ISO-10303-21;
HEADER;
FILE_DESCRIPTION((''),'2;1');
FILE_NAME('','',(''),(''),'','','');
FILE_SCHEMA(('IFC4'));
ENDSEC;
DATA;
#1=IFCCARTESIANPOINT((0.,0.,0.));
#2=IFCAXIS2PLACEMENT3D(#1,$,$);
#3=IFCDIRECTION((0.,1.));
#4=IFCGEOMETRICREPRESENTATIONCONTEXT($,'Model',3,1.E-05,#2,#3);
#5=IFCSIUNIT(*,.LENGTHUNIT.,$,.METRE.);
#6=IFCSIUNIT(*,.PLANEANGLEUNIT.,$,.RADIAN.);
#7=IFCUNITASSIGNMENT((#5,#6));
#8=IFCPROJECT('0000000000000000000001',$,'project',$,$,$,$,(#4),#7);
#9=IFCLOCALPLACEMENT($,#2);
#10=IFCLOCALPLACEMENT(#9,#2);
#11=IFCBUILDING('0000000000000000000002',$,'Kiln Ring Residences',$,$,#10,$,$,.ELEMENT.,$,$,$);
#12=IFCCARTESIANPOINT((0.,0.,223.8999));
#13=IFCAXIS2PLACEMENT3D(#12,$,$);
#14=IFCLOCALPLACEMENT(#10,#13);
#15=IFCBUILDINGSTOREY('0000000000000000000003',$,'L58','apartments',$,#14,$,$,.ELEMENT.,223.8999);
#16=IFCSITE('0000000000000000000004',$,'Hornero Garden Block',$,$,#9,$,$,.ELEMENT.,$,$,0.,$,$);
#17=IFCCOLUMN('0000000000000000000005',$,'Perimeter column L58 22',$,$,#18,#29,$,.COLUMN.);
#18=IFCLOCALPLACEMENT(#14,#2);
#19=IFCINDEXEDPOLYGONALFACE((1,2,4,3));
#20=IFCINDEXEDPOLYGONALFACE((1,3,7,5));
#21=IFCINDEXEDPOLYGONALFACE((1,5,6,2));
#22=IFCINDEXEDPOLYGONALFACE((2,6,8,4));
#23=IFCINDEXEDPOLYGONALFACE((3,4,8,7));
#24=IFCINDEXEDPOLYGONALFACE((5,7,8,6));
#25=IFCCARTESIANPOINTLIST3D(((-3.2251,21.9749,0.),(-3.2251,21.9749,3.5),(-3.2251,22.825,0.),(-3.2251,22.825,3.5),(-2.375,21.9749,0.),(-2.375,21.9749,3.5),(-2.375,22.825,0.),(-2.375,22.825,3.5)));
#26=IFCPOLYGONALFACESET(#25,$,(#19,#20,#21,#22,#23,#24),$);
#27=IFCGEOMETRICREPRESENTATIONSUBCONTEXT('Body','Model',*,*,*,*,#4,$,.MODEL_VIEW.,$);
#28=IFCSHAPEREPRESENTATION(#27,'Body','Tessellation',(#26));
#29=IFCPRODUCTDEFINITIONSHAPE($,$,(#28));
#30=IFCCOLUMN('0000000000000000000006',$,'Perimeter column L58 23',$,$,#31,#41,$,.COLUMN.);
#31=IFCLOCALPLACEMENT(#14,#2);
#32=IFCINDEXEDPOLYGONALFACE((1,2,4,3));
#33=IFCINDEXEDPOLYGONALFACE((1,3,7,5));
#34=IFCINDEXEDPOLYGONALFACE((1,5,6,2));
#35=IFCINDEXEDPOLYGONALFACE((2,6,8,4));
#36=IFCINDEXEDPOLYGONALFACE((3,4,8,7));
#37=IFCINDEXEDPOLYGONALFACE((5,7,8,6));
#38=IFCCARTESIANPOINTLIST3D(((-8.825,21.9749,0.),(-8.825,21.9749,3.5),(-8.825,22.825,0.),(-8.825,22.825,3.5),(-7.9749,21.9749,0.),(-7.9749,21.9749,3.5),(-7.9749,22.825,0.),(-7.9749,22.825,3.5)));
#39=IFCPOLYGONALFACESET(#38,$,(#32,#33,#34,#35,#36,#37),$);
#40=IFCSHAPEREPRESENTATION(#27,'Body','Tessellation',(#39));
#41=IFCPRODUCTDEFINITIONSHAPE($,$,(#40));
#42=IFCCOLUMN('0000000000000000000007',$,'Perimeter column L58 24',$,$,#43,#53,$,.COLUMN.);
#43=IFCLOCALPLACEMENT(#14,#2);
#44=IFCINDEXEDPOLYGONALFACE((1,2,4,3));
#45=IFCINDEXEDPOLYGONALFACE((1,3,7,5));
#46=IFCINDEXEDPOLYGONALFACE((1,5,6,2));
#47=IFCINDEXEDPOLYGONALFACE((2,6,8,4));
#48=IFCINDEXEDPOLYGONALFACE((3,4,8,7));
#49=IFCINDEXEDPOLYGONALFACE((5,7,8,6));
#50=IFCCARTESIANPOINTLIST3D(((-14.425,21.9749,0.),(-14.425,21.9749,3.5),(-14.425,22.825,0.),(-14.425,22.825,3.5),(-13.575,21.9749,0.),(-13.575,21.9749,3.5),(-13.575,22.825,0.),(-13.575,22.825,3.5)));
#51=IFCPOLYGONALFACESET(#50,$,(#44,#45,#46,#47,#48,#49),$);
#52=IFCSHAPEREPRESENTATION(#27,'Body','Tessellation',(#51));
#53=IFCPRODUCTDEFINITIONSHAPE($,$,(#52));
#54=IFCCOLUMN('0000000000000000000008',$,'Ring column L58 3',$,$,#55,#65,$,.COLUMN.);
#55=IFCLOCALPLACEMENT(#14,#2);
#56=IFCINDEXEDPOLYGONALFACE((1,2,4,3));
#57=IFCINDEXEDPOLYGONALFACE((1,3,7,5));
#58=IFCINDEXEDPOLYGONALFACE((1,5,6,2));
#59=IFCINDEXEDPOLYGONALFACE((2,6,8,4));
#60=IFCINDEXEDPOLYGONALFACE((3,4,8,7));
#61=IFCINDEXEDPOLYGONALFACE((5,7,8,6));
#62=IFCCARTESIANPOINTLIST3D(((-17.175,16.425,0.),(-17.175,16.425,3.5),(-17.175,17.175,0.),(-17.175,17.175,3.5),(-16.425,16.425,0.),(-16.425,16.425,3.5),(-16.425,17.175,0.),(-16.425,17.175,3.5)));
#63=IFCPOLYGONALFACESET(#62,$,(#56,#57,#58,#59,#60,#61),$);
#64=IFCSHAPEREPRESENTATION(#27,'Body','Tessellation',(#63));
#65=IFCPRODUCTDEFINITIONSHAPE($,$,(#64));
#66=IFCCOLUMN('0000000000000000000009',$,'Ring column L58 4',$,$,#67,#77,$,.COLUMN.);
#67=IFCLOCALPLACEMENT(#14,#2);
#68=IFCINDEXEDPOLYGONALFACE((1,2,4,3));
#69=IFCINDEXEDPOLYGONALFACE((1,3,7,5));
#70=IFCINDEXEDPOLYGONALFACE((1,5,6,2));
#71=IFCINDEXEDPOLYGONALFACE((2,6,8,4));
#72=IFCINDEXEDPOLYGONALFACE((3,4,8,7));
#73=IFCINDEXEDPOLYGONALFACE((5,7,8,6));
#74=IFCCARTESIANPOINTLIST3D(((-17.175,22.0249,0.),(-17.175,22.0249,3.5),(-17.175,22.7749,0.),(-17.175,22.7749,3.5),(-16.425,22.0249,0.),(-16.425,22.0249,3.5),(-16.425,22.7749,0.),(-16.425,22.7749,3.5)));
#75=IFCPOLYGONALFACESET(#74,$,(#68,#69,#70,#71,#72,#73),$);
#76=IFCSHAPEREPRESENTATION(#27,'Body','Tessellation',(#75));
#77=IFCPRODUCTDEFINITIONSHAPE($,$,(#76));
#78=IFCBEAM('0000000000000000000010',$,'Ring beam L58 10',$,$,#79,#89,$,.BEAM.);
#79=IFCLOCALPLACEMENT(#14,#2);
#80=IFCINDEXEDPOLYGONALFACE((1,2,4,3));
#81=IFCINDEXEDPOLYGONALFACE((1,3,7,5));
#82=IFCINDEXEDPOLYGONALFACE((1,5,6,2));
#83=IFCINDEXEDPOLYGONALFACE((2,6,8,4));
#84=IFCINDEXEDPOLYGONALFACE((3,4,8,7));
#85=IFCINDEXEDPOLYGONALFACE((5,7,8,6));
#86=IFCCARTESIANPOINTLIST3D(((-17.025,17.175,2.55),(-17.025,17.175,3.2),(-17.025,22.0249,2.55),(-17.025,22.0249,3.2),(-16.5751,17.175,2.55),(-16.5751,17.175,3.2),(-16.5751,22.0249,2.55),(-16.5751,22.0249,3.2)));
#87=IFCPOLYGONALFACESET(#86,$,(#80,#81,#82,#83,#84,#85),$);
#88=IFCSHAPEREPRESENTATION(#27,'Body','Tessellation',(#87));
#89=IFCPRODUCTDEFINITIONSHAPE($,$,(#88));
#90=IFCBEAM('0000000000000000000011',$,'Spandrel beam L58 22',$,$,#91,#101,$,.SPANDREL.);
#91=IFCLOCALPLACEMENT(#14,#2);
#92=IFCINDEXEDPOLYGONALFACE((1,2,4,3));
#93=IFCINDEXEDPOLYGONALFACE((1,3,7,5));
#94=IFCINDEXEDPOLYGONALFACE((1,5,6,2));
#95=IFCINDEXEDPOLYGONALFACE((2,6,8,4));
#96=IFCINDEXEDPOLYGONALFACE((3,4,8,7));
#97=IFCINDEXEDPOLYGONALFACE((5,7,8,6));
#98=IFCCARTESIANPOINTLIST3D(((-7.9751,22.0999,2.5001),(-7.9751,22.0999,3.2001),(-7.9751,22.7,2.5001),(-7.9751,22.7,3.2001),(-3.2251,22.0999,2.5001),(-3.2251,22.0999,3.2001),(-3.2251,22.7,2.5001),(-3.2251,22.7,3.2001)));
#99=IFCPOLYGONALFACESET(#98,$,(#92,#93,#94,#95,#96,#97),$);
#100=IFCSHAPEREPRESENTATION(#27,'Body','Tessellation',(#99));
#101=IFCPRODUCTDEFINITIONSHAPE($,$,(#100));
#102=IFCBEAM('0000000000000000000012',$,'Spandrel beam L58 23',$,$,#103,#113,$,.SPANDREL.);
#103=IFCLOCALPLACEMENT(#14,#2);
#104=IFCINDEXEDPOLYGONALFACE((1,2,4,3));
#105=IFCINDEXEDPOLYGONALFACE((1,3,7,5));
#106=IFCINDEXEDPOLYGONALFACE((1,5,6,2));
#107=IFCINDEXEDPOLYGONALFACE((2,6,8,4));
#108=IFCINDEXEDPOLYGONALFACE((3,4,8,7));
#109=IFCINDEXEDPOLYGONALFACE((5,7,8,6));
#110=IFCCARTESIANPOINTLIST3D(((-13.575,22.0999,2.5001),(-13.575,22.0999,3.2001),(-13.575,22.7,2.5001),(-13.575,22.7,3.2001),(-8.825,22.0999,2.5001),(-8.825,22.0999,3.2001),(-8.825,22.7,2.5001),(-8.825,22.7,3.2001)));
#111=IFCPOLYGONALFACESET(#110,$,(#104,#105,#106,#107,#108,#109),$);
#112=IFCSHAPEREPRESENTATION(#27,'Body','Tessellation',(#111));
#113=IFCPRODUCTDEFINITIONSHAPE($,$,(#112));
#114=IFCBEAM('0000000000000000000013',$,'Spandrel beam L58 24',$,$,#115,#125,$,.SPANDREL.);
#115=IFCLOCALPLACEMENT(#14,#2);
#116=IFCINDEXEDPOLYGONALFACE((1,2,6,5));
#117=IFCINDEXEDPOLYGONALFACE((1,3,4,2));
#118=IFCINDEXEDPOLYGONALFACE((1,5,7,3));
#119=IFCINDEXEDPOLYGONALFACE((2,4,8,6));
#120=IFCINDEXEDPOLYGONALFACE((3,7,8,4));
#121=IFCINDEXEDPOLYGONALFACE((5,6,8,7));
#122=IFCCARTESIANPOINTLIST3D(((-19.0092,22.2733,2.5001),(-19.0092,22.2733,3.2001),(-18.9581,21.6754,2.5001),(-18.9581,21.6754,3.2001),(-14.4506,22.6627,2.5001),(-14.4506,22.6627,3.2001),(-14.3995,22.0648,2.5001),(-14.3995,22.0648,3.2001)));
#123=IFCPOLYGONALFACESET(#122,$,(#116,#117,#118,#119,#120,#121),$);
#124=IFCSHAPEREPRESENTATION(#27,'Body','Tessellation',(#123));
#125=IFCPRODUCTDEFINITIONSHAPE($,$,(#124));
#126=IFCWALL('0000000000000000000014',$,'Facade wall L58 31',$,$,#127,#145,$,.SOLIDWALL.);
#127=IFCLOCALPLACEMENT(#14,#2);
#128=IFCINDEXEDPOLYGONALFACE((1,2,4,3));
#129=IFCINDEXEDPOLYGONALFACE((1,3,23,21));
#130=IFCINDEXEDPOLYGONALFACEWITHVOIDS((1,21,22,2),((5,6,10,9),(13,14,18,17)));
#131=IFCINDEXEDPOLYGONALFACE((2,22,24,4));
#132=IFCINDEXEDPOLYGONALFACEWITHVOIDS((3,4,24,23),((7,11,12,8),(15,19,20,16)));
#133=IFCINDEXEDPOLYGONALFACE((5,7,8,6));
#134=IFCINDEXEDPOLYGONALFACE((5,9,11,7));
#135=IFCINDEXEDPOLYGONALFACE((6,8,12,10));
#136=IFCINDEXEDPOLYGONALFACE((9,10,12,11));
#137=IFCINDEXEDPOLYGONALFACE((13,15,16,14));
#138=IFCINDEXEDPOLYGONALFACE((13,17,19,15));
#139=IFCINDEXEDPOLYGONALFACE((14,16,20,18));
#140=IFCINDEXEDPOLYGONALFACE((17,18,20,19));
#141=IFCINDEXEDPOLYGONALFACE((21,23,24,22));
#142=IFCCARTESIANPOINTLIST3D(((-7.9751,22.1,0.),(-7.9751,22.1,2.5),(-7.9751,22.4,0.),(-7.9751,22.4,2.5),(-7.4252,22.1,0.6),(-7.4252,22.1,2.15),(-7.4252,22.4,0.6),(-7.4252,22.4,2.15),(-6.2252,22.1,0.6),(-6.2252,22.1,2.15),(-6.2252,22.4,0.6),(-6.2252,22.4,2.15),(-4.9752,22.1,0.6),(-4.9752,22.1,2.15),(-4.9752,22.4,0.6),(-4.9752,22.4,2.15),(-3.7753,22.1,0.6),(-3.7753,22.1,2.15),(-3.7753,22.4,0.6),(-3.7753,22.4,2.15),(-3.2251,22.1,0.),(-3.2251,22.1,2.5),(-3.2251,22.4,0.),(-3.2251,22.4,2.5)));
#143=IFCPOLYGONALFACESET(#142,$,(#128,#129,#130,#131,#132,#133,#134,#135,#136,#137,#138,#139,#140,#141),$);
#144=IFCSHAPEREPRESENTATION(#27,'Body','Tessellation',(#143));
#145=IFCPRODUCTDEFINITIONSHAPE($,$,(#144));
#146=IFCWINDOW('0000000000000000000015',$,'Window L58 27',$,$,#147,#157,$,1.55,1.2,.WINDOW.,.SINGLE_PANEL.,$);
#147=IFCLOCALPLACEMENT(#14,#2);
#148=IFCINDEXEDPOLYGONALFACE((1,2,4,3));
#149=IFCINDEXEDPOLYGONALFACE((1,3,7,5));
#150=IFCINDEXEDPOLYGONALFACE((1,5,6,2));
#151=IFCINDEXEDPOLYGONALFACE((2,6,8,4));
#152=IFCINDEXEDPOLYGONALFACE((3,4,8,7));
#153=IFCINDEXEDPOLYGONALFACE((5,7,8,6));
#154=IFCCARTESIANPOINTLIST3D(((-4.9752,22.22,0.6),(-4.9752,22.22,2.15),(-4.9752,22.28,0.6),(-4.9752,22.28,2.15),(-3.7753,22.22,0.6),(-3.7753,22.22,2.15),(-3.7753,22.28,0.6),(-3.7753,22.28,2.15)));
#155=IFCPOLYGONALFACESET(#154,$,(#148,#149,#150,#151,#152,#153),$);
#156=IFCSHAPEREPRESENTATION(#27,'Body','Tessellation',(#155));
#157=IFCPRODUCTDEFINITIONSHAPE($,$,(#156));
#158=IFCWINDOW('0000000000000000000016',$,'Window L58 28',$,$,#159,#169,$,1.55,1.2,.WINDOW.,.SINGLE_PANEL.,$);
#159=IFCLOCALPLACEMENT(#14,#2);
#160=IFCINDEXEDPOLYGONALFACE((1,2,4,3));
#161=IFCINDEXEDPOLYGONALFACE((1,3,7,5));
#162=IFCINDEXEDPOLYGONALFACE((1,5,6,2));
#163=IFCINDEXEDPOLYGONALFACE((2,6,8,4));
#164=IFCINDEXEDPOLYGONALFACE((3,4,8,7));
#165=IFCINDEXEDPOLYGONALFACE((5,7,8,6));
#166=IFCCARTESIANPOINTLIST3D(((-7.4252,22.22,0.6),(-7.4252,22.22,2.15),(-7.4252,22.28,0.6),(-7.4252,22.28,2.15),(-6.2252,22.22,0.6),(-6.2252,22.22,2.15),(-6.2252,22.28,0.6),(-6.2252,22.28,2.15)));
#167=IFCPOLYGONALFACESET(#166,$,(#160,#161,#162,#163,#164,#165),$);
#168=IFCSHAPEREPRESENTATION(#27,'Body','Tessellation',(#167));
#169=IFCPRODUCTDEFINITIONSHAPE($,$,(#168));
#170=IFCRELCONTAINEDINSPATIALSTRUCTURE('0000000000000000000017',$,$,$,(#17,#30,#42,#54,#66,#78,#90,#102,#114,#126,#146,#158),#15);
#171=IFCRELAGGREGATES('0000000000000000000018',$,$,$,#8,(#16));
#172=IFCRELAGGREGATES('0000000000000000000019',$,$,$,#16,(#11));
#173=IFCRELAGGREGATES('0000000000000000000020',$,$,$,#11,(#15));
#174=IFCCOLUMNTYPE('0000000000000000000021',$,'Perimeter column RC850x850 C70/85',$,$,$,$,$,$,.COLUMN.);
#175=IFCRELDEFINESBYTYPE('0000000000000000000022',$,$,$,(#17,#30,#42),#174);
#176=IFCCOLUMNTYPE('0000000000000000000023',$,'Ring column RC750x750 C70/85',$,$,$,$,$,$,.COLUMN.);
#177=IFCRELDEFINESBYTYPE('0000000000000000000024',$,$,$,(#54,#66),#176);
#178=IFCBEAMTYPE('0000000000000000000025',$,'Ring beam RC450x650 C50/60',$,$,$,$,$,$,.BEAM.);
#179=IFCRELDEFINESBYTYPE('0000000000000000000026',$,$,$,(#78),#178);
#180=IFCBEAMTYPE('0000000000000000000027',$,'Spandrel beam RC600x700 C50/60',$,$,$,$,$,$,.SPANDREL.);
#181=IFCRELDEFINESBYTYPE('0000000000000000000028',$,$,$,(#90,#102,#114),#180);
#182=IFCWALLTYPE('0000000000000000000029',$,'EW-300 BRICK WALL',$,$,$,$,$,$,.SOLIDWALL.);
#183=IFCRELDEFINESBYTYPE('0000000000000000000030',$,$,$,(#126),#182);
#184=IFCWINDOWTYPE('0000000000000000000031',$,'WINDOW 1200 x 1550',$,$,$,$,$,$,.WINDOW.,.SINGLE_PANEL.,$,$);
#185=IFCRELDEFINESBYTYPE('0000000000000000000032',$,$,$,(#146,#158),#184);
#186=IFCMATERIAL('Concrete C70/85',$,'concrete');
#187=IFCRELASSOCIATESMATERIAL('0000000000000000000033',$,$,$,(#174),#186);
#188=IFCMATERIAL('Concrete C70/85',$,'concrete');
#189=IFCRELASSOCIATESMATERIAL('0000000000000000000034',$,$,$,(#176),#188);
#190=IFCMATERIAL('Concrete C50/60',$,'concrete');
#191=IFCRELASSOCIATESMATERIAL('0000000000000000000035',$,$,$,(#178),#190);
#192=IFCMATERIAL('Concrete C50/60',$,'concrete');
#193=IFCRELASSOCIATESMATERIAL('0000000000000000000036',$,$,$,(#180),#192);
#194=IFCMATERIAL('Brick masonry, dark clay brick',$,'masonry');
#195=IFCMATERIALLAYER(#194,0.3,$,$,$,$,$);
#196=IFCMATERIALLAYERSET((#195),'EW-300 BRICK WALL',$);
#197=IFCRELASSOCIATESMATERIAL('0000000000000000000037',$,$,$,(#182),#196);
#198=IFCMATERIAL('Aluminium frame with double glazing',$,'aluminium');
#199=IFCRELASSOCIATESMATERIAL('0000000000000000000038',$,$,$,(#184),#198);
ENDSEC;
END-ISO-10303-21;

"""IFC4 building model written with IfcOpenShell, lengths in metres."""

from ifc_helpers import new_model, si_unit, direction, frame, frame_2d, origin, origin_2d, place, context, subcontext, project, spatial, rectangle, extrude, material, layer, layer_set, material_profile, profile_set, type_object, element, fill, save


model = new_model("IFC4")

# Units and contexts
model_context = context("Model", 3, precision=1e-05, world=origin(), true_north=direction((0.0, 1.0)))
body_context = subcontext(model_context, "Body", "Model", "MODEL_VIEW")
ifc_project = project(units=[si_unit("LENGTHUNIT", "METRE"), si_unit("PLANEANGLEUNIT", "RADIAN")], contexts=[model_context])

# Site, building, storey
site_placement = place(None, origin())
site = spatial("IfcSite", under=ifc_project, at=site_placement, Name="Hornero Garden Block", CompositionType="ELEMENT", RefElevation=0.0)
building_placement = place(site_placement, origin())
building = spatial("IfcBuilding", under=site, at=building_placement, Name="Kiln Ring Residences", CompositionType="ELEMENT")
storey_placement = place(building_placement, frame((0.0, 0.0, 223.8999)))
storey = spatial("IfcBuildingStorey", under=building, at=storey_placement, Name="L58", Description="apartments", CompositionType="ELEMENT", Elevation=223.8999)

# Columns
ifc_material_1 = material(Name="Concrete C70/85", Category="concrete")
ifc_material_profile_1 = material_profile(ifc_material_1, rectangle(XDim=0.8501, YDim=0.8501, at=origin_2d()), Name="RC850x850")
ifc_profile_set_1 = profile_set([ifc_material_profile_1], Name="Concrete C70/85")
column_type_1 = type_object("IfcColumnType", Name="Perimeter column RC850x850 C70/85", PredefinedType="COLUMN", material=ifc_profile_set_1)
for number, where, z_axis, x_axis, name in (
    (1, (-2.8, 22.3999, 0.0), (0.0, 0.0, 1.0), (1.0, 0.0, 0.0), "Perimeter column L58 22"),
    (2, (-8.3999, 22.3999, 0.0), (0.0, 0.0, 1.0), (1.0, 0.0, 0.0), "Perimeter column L58 23"),
    (3, (-14.0, 22.3999, 0.0), (0.0, 0.0, 1.0), (1.0, 0.0, 0.0), "Perimeter column L58 24"),
):
    element("IfcColumn", number, at=place(storey_placement, frame(where, z_axis=z_axis, x_axis=x_axis)), inside=storey, type_object=column_type_1, Name=name, PredefinedType="COLUMN", context=body_context, shape_type="SweptSolid", body=[
        extrude(rectangle(XDim=0.8501, YDim=0.8501, at=origin_2d()), origin(), (0.0, 0.0, 1.0), 3.5),
    ])
ifc_material_2 = material(Name="Concrete C70/85", Category="concrete")
ifc_material_profile_2 = material_profile(ifc_material_2, rectangle(XDim=0.75, YDim=0.75, at=origin_2d()), Name="RC750x750")
ifc_profile_set_2 = profile_set([ifc_material_profile_2], Name="Concrete C70/85")
column_type_2 = type_object("IfcColumnType", Name="Ring column RC750x750 C70/85", PredefinedType="COLUMN", material=ifc_profile_set_2)
for number, where, z_axis, x_axis, name in (
    (4, (-16.8, 16.8, 0.0), (0.0, 0.0, 1.0), (1.0, 0.0, 0.0), "Ring column L58 3"),
    (5, (-16.8, 22.3999, 0.0), (0.0, 0.0, 1.0), (1.0, 0.0, 0.0), "Ring column L58 4"),
):
    element("IfcColumn", number, at=place(storey_placement, frame(where, z_axis=z_axis, x_axis=x_axis)), inside=storey, type_object=column_type_2, Name=name, PredefinedType="COLUMN", context=body_context, shape_type="SweptSolid", body=[
        extrude(rectangle(XDim=0.75, YDim=0.75, at=origin_2d()), origin(), (0.0, 0.0, 1.0), 3.5),
    ])

# Beams
ifc_material_3 = material(Name="Concrete C50/60", Category="concrete")
ifc_material_profile_3 = material_profile(ifc_material_3, rectangle(XDim=0.45, YDim=0.6499, at=origin_2d()), Name="RC450x650")
ifc_profile_set_3 = profile_set([ifc_material_profile_3], Name="Concrete C50/60")
beam_type_1 = type_object("IfcBeamType", Name="Ring beam RC450x650 C50/60", PredefinedType="BEAM", material=ifc_profile_set_3)
beam_1_placement = place(storey_placement, frame((-16.8, 17.175, 2.875), z_axis=(0.0, 1.0, 0.0), x_axis=(-1.0, 0.0, 0.0)))
element("IfcBeam", 6, at=beam_1_placement, inside=storey, type_object=beam_type_1, Name="Ring beam L58 10", PredefinedType="BEAM", context=body_context, shape_type="SweptSolid", body=[
    extrude(rectangle(XDim=0.45, YDim=0.6499, at=origin_2d()), origin(), (0.0, 0.0, 1.0), 4.8499),
])
ifc_material_4 = material(Name="Concrete C50/60", Category="concrete")
ifc_material_profile_4 = material_profile(ifc_material_4, rectangle(XDim=0.6001, YDim=0.7, at=origin_2d()), Name="RC600x700")
ifc_profile_set_4 = profile_set([ifc_material_profile_4], Name="Concrete C50/60")
beam_type_2 = type_object("IfcBeamType", Name="Spandrel beam RC600x700 C50/60", PredefinedType="SPANDREL", material=ifc_profile_set_4)
for number, where, z_axis, x_axis, name in (
    (7, (-3.2251, 22.3999, 2.8501), (-1.0, 0.0, 0.0), (0.0, -1.0, 0.0), "Spandrel beam L58 22"),
    (8, (-8.825, 22.3999, 2.8501), (-1.0, 0.0, 0.0), (0.0, -1.0, 0.0), "Spandrel beam L58 23"),
):
    element("IfcBeam", number, at=place(storey_placement, frame(where, z_axis=z_axis, x_axis=x_axis)), inside=storey, type_object=beam_type_2, Name=name, PredefinedType="SPANDREL", context=body_context, shape_type="SweptSolid", body=[
        extrude(rectangle(XDim=0.6001, YDim=0.7, at=origin_2d()), origin(), (0.0, 0.0, 1.0), 4.75),
    ])
beam_2_placement = place(storey_placement, frame((-14.425, 22.3638, 2.8501), z_axis=(-0.996371, -0.085112, 0.0), x_axis=(0.085112, -0.996371, 0.0)))
element("IfcBeam", 9, at=beam_2_placement, inside=storey, type_object=beam_type_2, Name="Spandrel beam L58 24", PredefinedType="SPANDREL", context=body_context, shape_type="SweptSolid", body=[
    extrude(rectangle(XDim=0.6001, YDim=0.7, at=origin_2d()), origin(), (0.0, 0.0, 1.0), 4.5752),
])

# Wall, openings, windows
ifc_material_5 = material(Name="Brick masonry, dark clay brick", Category="masonry")
ifc_layer_1 = layer(ifc_material_5, 0.3)
ifc_layer_set_1 = layer_set([ifc_layer_1], Name="EW-300 BRICK WALL")
wall_type_1 = type_object("IfcWallType", Name="EW-300 BRICK WALL", PredefinedType="SOLIDWALL", material=ifc_layer_set_1)
wall_1_placement = place(storey_placement, frame((-3.2251, 22.25, 0.0), z_axis=(0.0, 0.0, 1.0), x_axis=(-1.0, 0.0, 0.0)))
wall_1 = element("IfcWall", 10, at=wall_1_placement, inside=storey, type_object=wall_type_1, Name="Facade wall L58 31", PredefinedType="SOLIDWALL", context=body_context, shape_type="SweptSolid", body=[
    extrude(rectangle(XDim=4.75, YDim=0.3, at=frame_2d((2.375, 0.0))), origin(), (0.0, 0.0, 1.0), 2.5),
])
opening_1_placement = place(wall_1_placement, frame((0.55, 0.0, 0.6001)))
opening_1 = element("IfcOpeningElement", 11, at=opening_1_placement, cuts=wall_1, PredefinedType="OPENING", context=body_context, shape_type="SweptSolid", body=[
    extrude(rectangle(XDim=1.2, YDim=1.55, at=frame_2d((0.6001, 0.7749))), frame((0.0, 0.1599, 0.0), z_axis=(0.0, -1.0, 0.0), x_axis=(1.0, 0.0, 0.0)), (0.0, 0.0, 1.0), 0.3201),
])
opening_2_placement = place(wall_1_placement, frame((3.0, 0.0, 0.6001)))
opening_2 = element("IfcOpeningElement", 12, at=opening_2_placement, cuts=wall_1, PredefinedType="OPENING", context=body_context, shape_type="SweptSolid", body=[
    extrude(rectangle(XDim=1.2, YDim=1.55, at=frame_2d((0.6001, 0.7749))), frame((0.0, 0.1599, 0.0), z_axis=(0.0, -1.0, 0.0), x_axis=(1.0, 0.0, 0.0)), (0.0, 0.0, 1.0), 0.3201),
])
ifc_material_6 = material(Name="Aluminium frame with double glazing", Category="aluminium")
window_type_1 = type_object("IfcWindowType", Name="WINDOW 1200 x 1550", PartitioningType="SINGLE_PANEL", PredefinedType="WINDOW", material=ifc_material_6)
window_1_placement = place(opening_1_placement, origin())
window_1 = element("IfcWindow", 13, at=window_1_placement, inside=storey, type_object=window_type_1, Name="Window L58 27", OverallHeight=1.55, OverallWidth=1.2, PartitioningType="SINGLE_PANEL", PredefinedType="WINDOW", context=body_context, shape_type="SweptSolid", body=[
    extrude(rectangle(XDim=1.2, YDim=1.55, at=frame_2d((0.6001, 0.7749))), frame((0.0, 0.03, 0.0), z_axis=(0.0, -1.0, 0.0), x_axis=(1.0, 0.0, 0.0)), (0.0, 0.0, 1.0), 0.0601),
])
fill(opening_1, window_1)
window_2_placement = place(opening_2_placement, origin())
window_2 = element("IfcWindow", 14, at=window_2_placement, inside=storey, type_object=window_type_1, Name="Window L58 28", OverallHeight=1.55, OverallWidth=1.2, PartitioningType="SINGLE_PANEL", PredefinedType="WINDOW", context=body_context, shape_type="SweptSolid", body=[
    extrude(rectangle(XDim=1.2, YDim=1.55, at=frame_2d((0.6001, 0.7749))), frame((0.0, 0.03, 0.0), z_axis=(0.0, -1.0, 0.0), x_axis=(1.0, 0.0, 0.0)), (0.0, 0.0, 1.0), 0.0601),
])
fill(opening_2, window_2)

save(model, "model.ifc")
